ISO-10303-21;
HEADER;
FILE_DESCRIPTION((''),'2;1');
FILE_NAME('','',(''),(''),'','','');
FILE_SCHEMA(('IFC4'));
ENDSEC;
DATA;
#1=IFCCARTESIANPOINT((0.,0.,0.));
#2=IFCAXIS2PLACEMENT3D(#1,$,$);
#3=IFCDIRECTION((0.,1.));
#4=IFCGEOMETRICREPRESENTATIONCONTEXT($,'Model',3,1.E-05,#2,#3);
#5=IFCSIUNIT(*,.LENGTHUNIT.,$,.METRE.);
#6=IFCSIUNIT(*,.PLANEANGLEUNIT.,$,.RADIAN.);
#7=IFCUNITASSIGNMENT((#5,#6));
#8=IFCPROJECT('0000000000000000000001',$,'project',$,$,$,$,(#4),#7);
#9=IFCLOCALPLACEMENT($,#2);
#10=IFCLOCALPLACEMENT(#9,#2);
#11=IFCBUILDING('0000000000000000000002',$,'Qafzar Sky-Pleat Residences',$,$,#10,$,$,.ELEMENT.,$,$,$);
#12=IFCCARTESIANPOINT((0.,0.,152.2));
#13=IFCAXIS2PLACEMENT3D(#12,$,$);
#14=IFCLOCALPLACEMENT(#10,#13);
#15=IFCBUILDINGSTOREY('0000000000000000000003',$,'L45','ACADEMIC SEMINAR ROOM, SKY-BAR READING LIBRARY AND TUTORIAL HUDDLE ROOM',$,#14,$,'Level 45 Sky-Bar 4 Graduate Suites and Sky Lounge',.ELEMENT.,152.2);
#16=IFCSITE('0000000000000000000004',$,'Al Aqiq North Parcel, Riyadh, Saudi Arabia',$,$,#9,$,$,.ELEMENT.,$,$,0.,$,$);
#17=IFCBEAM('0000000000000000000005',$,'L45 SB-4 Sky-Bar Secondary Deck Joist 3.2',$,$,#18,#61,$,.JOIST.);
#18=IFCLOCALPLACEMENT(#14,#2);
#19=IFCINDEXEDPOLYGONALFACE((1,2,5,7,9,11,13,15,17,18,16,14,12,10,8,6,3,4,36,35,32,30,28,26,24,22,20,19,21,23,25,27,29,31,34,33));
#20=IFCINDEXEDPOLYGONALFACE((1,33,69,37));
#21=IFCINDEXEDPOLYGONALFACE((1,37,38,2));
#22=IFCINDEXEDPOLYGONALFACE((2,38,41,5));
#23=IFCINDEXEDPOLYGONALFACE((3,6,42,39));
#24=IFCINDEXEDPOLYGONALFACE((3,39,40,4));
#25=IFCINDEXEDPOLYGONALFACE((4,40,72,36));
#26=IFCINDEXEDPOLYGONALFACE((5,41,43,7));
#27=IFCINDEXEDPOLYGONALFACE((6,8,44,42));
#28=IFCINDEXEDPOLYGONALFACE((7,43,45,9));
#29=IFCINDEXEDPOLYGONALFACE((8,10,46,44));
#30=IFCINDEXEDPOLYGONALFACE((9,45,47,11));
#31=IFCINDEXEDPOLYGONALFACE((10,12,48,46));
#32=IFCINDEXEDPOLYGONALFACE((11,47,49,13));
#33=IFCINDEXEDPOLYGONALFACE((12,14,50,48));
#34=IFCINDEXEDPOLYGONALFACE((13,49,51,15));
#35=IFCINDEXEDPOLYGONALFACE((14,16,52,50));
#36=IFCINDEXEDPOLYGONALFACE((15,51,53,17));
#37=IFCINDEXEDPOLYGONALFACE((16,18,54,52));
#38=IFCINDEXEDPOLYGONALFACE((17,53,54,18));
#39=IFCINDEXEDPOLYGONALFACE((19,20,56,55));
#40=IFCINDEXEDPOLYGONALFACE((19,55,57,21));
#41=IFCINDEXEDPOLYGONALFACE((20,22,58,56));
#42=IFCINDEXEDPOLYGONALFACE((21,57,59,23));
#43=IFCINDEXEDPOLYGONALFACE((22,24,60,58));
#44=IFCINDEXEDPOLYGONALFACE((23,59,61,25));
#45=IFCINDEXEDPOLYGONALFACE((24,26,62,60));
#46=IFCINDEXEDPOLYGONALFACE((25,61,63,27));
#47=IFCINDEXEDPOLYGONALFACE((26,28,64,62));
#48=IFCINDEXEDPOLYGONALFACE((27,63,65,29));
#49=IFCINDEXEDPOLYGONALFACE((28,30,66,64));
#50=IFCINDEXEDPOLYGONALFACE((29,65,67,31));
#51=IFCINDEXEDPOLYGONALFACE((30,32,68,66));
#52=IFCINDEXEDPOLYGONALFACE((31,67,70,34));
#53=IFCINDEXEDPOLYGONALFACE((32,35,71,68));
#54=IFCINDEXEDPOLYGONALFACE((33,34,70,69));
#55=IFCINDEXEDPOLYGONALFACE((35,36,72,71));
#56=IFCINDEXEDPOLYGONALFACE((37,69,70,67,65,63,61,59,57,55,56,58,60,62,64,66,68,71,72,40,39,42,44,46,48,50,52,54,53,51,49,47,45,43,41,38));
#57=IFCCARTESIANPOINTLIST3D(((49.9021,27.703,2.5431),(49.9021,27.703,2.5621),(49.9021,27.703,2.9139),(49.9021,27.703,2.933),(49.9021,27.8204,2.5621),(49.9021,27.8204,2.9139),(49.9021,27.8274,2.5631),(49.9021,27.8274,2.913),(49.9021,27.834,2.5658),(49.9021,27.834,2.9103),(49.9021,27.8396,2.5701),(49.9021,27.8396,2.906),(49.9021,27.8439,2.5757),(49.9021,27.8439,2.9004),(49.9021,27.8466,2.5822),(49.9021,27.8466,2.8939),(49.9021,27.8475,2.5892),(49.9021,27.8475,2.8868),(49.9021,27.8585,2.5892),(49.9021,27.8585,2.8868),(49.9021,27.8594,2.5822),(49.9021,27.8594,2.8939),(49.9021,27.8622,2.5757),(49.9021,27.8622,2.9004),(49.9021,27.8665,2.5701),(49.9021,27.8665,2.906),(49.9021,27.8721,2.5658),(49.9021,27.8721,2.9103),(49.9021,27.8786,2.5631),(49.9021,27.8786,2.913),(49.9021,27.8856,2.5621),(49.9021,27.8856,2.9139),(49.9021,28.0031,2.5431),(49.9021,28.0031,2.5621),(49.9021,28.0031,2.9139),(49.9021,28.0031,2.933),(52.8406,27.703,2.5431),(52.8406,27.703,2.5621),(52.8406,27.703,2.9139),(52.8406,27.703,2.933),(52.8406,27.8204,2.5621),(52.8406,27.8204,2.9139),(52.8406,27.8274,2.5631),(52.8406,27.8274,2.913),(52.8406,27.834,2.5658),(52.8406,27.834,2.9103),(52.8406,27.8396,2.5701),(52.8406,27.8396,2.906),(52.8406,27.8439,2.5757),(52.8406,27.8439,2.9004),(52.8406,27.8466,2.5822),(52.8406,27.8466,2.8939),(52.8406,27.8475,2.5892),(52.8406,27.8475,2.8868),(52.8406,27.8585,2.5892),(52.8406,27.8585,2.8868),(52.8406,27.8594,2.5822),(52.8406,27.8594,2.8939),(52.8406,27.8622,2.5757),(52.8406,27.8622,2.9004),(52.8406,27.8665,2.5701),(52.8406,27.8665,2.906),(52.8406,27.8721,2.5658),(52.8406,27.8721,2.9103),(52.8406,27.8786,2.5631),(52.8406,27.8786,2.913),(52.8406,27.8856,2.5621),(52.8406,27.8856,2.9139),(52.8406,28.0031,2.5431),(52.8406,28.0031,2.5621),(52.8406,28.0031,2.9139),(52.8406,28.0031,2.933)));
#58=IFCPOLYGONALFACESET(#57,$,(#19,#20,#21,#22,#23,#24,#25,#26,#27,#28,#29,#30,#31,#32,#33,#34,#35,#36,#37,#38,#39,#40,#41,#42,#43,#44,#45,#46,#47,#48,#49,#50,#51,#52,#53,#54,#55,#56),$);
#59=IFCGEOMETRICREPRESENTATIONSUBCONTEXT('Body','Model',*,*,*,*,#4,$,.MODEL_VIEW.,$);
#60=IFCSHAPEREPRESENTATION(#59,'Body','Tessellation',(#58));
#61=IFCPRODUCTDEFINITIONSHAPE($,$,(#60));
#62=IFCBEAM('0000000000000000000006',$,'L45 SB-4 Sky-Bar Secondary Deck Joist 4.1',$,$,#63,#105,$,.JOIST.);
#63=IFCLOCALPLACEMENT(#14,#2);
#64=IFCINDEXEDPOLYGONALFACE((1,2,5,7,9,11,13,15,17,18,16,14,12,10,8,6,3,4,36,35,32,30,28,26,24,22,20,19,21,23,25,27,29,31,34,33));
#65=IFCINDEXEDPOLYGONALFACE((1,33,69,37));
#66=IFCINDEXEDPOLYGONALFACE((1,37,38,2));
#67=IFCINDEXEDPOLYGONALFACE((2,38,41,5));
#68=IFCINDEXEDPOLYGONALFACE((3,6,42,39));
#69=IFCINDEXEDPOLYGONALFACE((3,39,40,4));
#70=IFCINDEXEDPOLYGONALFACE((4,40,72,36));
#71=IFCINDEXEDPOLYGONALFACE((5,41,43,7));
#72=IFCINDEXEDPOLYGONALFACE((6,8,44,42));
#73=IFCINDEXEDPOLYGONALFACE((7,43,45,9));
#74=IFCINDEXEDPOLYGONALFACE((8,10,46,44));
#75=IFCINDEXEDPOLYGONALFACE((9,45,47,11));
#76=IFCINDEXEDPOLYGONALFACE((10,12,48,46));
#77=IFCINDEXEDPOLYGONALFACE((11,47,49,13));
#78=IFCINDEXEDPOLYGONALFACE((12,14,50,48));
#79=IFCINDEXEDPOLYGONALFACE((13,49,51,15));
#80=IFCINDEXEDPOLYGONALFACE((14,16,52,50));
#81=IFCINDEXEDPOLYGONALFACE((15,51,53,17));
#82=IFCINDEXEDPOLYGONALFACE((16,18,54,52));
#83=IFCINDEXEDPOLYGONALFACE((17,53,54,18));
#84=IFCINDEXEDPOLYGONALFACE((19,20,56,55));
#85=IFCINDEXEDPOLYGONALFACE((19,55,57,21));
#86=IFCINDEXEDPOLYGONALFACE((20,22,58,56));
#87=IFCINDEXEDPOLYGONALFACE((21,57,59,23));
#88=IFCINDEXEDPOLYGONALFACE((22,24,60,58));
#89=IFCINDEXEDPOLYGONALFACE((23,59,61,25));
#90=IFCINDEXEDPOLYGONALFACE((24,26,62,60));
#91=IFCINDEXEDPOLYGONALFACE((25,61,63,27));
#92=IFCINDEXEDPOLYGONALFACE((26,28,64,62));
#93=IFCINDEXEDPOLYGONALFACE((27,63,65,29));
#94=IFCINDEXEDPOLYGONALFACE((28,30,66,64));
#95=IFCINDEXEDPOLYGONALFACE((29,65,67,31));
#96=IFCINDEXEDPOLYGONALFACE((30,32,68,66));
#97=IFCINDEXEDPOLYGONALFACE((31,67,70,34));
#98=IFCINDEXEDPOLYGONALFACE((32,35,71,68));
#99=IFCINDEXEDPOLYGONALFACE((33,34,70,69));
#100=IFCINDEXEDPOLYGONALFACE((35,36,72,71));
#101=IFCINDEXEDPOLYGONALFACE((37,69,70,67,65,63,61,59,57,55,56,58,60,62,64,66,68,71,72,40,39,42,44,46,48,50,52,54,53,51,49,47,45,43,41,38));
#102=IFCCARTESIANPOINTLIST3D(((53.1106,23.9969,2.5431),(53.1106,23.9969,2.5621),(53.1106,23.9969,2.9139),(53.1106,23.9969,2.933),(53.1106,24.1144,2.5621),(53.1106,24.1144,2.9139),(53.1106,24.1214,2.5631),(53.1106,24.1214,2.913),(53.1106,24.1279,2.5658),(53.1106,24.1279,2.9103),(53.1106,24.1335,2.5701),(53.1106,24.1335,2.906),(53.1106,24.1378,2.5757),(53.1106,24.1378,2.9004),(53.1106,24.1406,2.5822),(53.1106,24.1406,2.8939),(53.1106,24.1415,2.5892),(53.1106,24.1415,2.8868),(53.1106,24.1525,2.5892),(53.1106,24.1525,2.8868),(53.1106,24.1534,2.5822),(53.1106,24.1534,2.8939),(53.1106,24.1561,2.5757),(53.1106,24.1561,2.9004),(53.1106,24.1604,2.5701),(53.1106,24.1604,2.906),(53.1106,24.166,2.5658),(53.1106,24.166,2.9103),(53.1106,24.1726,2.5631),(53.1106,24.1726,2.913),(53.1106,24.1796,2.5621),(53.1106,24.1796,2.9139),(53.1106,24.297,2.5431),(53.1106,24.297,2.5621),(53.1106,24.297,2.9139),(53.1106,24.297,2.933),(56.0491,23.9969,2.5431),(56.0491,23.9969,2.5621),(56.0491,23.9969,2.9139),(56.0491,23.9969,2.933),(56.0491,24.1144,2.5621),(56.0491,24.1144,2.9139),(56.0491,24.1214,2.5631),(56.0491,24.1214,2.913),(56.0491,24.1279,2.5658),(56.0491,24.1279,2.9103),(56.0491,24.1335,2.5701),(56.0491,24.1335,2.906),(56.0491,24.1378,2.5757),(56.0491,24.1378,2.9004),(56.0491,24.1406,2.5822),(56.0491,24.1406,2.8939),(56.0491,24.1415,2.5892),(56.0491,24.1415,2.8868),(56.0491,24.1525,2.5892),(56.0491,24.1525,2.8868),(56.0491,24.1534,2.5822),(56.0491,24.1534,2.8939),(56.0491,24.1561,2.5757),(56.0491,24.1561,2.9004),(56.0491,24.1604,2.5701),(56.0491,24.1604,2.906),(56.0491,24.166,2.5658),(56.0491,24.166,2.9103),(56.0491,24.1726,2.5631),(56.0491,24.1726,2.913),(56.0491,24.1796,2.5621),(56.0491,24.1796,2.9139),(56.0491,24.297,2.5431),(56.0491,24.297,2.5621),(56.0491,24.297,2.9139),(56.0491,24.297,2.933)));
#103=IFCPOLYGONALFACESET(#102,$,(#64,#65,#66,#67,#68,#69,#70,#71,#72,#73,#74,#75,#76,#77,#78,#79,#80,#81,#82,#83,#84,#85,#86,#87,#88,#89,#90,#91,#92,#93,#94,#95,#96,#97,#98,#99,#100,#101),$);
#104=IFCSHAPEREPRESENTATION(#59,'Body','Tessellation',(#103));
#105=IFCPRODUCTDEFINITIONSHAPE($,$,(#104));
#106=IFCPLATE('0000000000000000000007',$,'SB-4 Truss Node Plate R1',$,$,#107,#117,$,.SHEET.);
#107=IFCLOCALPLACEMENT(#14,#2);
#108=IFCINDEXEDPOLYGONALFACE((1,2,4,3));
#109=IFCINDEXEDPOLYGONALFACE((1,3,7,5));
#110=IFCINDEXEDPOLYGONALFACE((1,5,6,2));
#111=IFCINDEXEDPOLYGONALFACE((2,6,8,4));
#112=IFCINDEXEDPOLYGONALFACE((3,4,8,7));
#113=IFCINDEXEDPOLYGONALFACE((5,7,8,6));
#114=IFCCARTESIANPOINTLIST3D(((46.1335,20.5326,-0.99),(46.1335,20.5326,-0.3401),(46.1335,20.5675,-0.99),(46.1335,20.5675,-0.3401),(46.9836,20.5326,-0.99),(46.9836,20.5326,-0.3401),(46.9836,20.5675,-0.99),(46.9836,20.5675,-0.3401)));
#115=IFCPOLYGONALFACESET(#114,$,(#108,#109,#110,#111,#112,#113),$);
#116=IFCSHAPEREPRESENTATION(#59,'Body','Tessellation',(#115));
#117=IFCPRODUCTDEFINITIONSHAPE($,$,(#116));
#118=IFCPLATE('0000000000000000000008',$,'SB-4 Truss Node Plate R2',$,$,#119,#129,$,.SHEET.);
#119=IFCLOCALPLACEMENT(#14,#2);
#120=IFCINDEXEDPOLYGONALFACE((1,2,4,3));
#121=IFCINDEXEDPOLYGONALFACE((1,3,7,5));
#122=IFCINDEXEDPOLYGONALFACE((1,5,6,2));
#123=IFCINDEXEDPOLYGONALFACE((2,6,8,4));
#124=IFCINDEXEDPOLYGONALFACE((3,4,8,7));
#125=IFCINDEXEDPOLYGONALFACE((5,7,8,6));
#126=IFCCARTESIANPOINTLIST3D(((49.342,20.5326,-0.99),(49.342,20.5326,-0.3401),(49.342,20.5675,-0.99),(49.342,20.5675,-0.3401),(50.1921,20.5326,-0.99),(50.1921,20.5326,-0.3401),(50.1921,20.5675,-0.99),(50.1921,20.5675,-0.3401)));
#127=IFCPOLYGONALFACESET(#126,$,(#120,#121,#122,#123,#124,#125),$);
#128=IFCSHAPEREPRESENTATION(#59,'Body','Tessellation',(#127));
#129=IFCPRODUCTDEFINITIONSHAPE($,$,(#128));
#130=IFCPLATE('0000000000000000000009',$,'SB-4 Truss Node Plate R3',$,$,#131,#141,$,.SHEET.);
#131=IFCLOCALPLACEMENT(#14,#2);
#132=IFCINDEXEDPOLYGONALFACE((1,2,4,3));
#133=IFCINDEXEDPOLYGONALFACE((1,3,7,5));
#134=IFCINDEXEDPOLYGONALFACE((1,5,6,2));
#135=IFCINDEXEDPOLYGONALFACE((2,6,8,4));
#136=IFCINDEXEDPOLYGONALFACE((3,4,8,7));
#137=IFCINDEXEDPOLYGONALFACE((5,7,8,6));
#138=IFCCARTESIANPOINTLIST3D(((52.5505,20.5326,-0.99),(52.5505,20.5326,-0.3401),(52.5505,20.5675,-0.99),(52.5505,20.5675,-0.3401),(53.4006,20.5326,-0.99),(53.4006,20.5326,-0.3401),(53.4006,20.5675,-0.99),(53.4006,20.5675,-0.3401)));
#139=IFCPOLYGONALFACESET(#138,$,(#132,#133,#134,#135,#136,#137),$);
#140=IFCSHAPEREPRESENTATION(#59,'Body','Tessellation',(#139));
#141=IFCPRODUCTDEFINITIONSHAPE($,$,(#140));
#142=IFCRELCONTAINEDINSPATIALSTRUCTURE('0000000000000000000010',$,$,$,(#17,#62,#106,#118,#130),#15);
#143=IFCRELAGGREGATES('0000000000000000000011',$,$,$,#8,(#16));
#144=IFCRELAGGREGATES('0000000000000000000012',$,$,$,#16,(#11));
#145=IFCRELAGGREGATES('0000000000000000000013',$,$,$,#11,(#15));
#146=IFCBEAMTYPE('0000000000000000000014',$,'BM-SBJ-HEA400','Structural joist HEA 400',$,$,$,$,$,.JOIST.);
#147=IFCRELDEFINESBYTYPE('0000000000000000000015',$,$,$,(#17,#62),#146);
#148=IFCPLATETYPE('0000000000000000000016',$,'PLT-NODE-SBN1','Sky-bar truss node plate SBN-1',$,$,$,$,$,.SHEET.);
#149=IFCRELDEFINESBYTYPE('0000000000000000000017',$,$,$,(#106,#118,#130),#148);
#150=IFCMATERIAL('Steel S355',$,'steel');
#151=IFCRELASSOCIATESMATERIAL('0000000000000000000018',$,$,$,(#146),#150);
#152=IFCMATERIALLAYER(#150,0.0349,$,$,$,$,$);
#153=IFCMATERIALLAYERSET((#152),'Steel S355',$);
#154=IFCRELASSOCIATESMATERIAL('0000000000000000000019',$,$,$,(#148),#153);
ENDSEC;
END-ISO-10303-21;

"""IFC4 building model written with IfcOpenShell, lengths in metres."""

from ifc_helpers import new_model, si_unit, direction, frame, origin, origin_2d, place, context, subcontext, project, spatial, rectangle, i_section, extrude, source, transform, mapped, material, layer, layer_set, material_profile, profile_set, type_object, element, save


model = new_model("IFC4")

# Units and contexts
model_context = context("Model", 3, precision=1e-05, world=origin(), true_north=direction((0.0, 1.0)))
body_context = subcontext(model_context, "Body", "Model", "MODEL_VIEW")
ifc_project = project(units=[si_unit("LENGTHUNIT", "METRE"), si_unit("PLANEANGLEUNIT", "RADIAN")], contexts=[model_context])

# Site, building, storey
site_placement = place(None, origin())
site = spatial("IfcSite", under=ifc_project, at=site_placement, Name="Al Aqiq North Parcel, Riyadh, Saudi Arabia", CompositionType="ELEMENT", RefElevation=0.0)
building_placement = place(site_placement, origin())
building = spatial("IfcBuilding", under=site, at=building_placement, Name="Qafzar Sky-Pleat Residences", CompositionType="ELEMENT")
storey_placement = place(building_placement, frame((0.0, 0.0, 152.2)))
storey = spatial("IfcBuildingStorey", under=building, at=storey_placement, Name="L45", Description="ACADEMIC SEMINAR ROOM, SKY-BAR READING LIBRARY AND TUTORIAL HUDDLE ROOM", LongName="Level 45 Sky-Bar 4 Graduate Suites and Sky Lounge", CompositionType="ELEMENT", Elevation=152.2)

# Shared definitions
ifc_material_1 = material(Name="Steel S355", Category="steel")

# Beams
ifc_material_profile_1 = material_profile(ifc_material_1, i_section(OverallWidth=0.3, OverallDepth=0.3899, WebThickness=0.011, FlangeThickness=0.019, FilletRadius=0.0271, at=origin_2d()), Name="HEA 400")
ifc_profile_set_1 = profile_set([ifc_material_profile_1], Name="Steel S355")
beam_type_1 = type_object("IfcBeamType", Name="BM-SBJ-HEA400", Description="Structural joist HEA 400", PredefinedType="JOIST", material=ifc_profile_set_1)
shared_shape_1 = source(origin(), body_context, "Body", "SweptSolid", [
    extrude(i_section(OverallWidth=0.3, OverallDepth=0.3899, WebThickness=0.011, FlangeThickness=0.019, FilletRadius=0.0271, at=origin_2d()), origin(), (0.0, 0.0, 1.0), 2.9385),
])
for number, where, z_axis, x_axis, name in (
    (1, (49.9021, 27.853, 2.738), (1.0, 0.0, 0.0), (0.0, 1.0, 0.0), "L45 SB-4 Sky-Bar Secondary Deck Joist 3.2"),
    (2, (53.1106, 24.147, 2.738), (1.0, 0.0, 0.0), (0.0, 1.0, 0.0), "L45 SB-4 Sky-Bar Secondary Deck Joist 4.1"),
):
    element("IfcBeam", number, at=place(storey_placement, frame(where, z_axis=z_axis, x_axis=x_axis)), inside=storey, type_object=beam_type_1, Name=name, PredefinedType="JOIST", context=body_context, shape_type="MappedRepresentation", body=[
        mapped(shared_shape_1, transform((0.0, 0.0, 0.0), x_axis=(1.0, 0.0, 0.0), y_axis=(0.0, 1.0, 0.0), z_axis=(0.0, 0.0, 1.0), scale=1.0)),
    ])

# Plates
ifc_layer = layer(ifc_material_1, 0.0349)
ifc_layer_set = layer_set([ifc_layer], Name="Steel S355")
plate_type = type_object("IfcPlateType", Name="PLT-NODE-SBN1", Description="Sky-bar truss node plate SBN-1", PredefinedType="SHEET", material=ifc_layer_set)
shared_shape_2 = source(origin(), body_context, "Body", "SweptSolid", [
    extrude(rectangle(XDim=0.8501, YDim=0.0349, at=origin_2d()), origin(), (0.0, 0.0, 1.0), 0.6499),
])
for number, where, z_axis, x_axis, name in (
    (3, (46.5586, 20.55, -0.99), (0.0, 0.0, 1.0), (1.0, 0.0, 0.0), "SB-4 Truss Node Plate R1"),
    (4, (49.7671, 20.55, -0.99), (0.0, 0.0, 1.0), (1.0, 0.0, 0.0), "SB-4 Truss Node Plate R2"),
    (5, (52.9756, 20.55, -0.99), (0.0, 0.0, 1.0), (1.0, 0.0, 0.0), "SB-4 Truss Node Plate R3"),
):
    element("IfcPlate", number, at=place(storey_placement, frame(where, z_axis=z_axis, x_axis=x_axis)), inside=storey, type_object=plate_type, Name=name, PredefinedType="SHEET", context=body_context, shape_type="MappedRepresentation", body=[
        mapped(shared_shape_2, transform((0.0, 0.0, 0.0), x_axis=(1.0, 0.0, 0.0), y_axis=(0.0, 1.0, 0.0), z_axis=(0.0, 0.0, 1.0), scale=1.0)),
    ])

save(model, "model.ifc")
